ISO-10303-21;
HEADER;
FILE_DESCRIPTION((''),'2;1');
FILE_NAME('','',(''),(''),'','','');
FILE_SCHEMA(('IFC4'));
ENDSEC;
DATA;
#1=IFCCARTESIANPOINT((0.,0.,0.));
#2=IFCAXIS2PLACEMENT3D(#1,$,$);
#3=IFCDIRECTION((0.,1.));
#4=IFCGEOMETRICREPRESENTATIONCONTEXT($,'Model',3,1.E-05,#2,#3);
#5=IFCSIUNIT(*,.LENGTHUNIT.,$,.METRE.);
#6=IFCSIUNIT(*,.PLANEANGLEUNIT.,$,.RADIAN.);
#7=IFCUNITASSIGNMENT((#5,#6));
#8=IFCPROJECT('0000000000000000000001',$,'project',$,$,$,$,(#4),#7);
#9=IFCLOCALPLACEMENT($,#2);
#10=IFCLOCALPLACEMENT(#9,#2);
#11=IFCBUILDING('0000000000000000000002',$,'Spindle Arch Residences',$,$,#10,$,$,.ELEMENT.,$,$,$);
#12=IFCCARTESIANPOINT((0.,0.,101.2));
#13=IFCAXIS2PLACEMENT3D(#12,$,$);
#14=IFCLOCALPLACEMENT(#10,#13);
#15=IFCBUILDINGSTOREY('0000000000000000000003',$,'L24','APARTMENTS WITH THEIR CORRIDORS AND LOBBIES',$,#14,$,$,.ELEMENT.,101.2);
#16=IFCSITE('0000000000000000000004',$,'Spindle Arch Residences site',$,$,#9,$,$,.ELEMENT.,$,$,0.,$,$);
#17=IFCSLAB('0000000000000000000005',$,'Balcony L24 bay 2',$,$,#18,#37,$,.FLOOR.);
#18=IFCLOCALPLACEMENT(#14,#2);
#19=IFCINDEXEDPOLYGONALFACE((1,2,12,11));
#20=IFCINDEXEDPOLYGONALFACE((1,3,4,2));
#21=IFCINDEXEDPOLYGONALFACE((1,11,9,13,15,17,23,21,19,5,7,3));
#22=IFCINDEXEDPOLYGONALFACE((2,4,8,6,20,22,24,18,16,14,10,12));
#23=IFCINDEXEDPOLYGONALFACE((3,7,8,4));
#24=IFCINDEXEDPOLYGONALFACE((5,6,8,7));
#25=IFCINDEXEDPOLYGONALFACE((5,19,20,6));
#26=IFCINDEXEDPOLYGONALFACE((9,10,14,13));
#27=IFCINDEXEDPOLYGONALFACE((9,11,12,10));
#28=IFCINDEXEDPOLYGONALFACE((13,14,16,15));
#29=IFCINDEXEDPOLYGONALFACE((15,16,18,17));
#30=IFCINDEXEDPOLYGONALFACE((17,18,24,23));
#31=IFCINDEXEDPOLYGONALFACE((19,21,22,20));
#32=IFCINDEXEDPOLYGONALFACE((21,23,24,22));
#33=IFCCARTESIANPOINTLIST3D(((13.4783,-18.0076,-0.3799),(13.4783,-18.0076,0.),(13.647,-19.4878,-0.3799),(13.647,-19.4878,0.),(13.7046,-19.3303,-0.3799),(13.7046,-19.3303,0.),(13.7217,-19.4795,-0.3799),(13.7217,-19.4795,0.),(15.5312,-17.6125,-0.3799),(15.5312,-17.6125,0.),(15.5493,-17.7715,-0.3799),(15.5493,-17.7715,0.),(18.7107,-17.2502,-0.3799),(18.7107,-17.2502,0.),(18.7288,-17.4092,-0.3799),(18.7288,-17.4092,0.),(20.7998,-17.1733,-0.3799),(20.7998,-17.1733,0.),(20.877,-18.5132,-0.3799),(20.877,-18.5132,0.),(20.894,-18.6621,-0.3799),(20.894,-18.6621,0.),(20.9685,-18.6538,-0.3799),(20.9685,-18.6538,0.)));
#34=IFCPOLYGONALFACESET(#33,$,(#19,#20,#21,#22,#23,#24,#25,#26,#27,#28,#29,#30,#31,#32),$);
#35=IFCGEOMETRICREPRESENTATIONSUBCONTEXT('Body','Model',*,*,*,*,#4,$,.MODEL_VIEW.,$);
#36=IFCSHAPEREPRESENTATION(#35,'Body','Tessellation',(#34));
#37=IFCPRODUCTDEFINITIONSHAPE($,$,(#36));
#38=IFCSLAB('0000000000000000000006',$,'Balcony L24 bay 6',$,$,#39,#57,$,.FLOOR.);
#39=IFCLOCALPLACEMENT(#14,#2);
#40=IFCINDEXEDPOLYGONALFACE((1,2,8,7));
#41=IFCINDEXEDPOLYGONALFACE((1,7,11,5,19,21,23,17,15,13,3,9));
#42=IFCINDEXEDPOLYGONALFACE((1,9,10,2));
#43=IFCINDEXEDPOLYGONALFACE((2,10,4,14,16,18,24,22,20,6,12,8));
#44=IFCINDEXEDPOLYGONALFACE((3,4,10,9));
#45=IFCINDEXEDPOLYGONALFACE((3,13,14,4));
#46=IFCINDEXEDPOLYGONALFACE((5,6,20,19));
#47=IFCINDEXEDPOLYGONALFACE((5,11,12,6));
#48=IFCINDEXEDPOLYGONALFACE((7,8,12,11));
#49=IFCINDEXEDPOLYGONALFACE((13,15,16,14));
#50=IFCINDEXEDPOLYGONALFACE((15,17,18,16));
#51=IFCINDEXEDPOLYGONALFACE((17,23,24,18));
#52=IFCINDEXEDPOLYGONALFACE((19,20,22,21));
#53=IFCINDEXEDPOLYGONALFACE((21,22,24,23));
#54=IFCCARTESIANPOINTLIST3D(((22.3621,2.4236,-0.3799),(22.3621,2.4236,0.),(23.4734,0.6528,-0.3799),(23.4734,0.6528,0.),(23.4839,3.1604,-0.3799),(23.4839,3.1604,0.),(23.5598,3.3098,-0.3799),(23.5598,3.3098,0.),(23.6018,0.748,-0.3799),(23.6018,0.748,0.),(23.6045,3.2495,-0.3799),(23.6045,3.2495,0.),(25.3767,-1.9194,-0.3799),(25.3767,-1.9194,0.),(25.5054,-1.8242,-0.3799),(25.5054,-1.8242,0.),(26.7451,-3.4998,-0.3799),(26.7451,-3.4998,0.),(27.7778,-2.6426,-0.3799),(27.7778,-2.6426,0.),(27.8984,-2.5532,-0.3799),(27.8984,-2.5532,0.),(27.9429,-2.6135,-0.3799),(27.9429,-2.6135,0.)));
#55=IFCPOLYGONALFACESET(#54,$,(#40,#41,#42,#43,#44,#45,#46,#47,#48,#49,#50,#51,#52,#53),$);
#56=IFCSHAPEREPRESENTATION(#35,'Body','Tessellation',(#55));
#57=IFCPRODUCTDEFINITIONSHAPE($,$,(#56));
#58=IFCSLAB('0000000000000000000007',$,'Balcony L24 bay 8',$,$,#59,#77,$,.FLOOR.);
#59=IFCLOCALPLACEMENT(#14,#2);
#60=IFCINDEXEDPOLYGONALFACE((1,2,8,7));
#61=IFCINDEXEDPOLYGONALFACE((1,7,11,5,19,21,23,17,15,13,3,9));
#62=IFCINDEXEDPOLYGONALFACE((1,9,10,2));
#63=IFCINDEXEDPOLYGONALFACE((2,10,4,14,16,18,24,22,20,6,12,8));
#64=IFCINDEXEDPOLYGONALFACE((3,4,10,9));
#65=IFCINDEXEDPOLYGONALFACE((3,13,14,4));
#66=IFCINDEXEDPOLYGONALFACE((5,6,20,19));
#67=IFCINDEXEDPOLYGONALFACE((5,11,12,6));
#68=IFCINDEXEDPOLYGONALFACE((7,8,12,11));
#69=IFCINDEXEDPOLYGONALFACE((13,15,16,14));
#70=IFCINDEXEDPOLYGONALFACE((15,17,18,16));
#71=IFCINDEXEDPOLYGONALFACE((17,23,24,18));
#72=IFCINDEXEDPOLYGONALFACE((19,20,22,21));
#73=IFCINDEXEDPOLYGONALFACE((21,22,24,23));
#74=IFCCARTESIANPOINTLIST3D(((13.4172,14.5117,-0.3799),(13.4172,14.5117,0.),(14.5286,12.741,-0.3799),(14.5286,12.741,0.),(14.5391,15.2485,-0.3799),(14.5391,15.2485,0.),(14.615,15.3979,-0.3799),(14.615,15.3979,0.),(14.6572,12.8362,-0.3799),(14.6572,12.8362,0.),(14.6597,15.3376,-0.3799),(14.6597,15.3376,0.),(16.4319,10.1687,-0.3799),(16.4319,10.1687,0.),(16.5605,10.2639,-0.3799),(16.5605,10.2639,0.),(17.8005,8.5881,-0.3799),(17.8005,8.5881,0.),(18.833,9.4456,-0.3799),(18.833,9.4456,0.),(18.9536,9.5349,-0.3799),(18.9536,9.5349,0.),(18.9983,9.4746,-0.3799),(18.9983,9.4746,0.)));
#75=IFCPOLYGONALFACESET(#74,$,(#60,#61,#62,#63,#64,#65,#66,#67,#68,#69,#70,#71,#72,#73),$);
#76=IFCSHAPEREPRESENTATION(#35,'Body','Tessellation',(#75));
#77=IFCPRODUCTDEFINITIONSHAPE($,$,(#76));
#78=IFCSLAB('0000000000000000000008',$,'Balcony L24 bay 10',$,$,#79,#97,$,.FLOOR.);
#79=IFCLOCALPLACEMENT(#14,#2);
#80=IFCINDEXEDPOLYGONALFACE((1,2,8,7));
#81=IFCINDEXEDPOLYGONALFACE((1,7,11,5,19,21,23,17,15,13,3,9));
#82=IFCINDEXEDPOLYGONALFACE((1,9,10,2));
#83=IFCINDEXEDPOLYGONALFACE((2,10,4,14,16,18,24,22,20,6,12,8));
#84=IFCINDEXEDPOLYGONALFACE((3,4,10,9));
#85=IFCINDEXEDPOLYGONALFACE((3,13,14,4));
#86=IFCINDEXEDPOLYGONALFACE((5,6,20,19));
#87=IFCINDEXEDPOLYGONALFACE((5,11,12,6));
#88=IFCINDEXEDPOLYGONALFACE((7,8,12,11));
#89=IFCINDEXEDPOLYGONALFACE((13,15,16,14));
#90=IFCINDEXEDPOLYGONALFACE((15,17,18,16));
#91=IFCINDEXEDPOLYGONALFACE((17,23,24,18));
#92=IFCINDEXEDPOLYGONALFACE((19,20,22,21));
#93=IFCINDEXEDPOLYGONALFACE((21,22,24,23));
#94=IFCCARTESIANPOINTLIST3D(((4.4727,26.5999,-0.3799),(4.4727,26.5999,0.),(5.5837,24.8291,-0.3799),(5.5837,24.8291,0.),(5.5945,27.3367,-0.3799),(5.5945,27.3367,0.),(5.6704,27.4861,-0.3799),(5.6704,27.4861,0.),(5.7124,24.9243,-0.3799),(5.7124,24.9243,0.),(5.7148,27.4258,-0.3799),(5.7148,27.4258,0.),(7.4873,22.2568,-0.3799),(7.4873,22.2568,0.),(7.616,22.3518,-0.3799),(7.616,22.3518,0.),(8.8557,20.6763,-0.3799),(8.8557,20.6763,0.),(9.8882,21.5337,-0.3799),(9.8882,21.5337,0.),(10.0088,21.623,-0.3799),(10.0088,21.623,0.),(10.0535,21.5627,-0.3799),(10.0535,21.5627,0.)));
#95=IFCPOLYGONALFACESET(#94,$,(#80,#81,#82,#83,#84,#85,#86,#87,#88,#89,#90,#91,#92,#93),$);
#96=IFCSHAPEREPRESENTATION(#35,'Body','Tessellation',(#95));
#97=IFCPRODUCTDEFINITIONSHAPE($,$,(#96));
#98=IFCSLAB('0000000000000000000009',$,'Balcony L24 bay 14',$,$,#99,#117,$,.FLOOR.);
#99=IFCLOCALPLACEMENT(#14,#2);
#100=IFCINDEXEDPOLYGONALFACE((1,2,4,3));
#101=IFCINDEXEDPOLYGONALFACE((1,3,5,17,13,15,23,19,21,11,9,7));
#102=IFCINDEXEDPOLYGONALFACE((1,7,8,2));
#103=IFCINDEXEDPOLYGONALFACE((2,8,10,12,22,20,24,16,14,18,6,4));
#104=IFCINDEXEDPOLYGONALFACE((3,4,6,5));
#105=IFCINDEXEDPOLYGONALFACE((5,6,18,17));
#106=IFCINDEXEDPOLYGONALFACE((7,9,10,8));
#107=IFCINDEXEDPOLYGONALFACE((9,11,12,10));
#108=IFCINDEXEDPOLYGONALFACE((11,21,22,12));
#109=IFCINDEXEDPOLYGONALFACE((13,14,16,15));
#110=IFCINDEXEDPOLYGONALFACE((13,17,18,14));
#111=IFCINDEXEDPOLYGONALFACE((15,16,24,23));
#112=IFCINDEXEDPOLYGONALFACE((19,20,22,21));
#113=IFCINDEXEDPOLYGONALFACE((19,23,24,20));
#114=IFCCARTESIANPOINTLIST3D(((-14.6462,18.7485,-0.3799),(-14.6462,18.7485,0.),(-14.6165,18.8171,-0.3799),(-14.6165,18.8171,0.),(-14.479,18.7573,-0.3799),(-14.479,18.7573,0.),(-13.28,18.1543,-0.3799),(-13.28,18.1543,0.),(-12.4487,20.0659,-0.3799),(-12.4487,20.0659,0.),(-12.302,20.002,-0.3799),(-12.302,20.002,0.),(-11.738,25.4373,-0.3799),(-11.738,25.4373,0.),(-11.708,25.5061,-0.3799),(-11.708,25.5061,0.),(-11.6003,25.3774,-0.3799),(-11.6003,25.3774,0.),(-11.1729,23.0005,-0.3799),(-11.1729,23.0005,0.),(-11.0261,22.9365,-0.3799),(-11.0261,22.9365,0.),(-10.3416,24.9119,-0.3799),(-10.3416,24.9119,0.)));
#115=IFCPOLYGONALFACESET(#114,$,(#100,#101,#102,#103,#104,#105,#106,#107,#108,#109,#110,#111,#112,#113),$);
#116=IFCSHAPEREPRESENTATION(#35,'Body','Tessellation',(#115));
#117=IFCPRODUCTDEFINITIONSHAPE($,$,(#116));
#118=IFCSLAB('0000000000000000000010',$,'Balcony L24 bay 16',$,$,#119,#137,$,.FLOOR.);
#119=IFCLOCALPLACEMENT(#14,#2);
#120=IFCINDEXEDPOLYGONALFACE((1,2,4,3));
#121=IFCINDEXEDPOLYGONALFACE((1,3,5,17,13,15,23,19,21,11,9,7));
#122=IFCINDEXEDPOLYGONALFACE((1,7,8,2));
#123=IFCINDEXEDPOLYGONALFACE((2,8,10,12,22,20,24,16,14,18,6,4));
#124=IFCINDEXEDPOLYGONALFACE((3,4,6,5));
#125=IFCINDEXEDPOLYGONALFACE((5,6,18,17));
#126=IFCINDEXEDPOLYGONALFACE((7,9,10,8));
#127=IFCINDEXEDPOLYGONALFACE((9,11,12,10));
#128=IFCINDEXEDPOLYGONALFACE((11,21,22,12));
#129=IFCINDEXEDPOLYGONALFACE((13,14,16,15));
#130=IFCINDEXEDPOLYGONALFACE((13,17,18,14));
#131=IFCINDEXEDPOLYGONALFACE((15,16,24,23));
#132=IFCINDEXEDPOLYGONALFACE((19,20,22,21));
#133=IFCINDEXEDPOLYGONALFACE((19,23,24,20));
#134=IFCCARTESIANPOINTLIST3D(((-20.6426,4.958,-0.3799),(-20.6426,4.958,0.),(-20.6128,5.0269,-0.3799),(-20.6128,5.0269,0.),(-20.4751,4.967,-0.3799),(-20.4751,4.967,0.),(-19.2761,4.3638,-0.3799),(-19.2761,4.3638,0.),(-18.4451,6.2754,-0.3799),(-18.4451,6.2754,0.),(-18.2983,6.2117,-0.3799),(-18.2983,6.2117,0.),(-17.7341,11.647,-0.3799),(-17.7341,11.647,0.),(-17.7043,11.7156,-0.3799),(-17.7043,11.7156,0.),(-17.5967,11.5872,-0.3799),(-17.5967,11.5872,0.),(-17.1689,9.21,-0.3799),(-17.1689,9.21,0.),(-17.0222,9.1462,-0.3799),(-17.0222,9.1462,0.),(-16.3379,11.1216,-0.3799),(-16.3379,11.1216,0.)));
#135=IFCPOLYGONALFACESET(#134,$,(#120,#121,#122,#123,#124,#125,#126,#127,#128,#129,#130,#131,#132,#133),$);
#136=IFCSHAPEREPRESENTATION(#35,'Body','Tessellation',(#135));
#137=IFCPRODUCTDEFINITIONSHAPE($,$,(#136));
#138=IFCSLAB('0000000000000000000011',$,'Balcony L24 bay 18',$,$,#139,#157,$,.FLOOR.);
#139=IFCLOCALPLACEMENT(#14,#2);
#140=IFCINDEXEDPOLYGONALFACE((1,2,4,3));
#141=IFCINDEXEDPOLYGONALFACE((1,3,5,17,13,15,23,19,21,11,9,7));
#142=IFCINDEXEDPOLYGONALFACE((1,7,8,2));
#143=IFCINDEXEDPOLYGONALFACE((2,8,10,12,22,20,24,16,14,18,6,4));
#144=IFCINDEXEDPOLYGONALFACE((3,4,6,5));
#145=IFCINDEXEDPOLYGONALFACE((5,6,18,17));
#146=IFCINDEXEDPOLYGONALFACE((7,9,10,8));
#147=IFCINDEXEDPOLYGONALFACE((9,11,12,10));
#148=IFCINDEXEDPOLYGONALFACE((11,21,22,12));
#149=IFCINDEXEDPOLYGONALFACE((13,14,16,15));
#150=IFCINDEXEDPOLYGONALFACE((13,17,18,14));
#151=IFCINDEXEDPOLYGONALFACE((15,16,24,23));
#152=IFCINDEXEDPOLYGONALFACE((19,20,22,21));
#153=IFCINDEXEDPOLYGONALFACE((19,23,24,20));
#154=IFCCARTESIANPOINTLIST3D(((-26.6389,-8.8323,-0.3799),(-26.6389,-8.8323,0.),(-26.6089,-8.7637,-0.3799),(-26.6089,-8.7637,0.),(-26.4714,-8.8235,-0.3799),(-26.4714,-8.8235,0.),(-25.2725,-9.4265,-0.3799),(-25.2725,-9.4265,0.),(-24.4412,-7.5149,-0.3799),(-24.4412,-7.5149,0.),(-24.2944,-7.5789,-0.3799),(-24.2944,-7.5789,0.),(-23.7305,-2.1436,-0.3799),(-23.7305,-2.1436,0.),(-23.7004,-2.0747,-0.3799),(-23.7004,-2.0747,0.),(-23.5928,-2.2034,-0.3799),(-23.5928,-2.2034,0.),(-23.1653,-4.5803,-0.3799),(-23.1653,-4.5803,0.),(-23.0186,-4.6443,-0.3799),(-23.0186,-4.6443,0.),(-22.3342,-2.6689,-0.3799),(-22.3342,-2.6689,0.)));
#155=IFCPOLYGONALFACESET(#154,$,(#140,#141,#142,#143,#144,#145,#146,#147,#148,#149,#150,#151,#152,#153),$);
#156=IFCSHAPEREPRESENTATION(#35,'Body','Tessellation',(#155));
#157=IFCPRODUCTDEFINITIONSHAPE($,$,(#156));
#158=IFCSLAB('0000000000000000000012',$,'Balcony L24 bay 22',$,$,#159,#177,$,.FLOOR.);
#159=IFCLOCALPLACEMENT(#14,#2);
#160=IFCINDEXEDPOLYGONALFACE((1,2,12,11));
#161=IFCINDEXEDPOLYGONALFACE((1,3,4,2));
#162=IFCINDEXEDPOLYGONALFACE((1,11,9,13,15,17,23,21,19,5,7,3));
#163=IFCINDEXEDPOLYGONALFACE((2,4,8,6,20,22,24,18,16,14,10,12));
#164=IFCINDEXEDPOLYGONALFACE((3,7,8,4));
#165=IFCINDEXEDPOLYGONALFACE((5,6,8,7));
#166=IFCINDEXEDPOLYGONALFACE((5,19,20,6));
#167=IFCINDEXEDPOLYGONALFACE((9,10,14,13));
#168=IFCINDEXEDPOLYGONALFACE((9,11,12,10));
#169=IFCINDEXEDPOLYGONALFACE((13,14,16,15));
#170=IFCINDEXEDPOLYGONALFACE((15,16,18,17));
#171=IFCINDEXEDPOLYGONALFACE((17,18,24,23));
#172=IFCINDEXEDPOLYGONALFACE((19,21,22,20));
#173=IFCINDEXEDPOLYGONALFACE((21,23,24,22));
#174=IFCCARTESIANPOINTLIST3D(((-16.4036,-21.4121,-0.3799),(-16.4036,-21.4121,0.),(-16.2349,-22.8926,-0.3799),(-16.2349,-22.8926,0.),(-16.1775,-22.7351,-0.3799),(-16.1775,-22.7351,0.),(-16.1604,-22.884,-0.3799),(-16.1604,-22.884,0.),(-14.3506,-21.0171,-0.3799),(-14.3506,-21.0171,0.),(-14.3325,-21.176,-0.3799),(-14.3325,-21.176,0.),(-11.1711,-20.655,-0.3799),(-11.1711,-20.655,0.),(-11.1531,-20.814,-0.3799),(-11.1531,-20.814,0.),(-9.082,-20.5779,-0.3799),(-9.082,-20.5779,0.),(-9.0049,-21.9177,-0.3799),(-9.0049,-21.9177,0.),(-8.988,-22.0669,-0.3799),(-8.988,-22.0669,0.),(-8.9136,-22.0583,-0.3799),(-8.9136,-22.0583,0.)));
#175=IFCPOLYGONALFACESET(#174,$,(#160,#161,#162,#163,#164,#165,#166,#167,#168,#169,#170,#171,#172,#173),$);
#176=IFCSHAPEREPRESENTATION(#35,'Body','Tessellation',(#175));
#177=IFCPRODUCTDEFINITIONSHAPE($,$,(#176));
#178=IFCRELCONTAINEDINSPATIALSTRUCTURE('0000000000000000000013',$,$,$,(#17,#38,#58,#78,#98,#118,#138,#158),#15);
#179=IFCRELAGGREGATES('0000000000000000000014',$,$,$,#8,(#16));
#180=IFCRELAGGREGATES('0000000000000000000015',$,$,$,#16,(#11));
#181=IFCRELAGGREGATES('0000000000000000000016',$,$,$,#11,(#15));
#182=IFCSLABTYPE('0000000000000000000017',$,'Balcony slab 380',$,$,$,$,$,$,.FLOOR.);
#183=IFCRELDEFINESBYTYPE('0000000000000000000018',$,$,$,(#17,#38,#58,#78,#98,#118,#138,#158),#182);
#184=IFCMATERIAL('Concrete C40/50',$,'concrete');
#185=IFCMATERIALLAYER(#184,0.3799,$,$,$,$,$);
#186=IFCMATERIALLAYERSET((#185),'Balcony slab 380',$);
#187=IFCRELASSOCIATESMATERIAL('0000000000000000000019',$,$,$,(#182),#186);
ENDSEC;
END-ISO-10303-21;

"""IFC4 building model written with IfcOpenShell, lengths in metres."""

from ifc_helpers import new_model, si_unit, direction, frame, origin, place, context, subcontext, project, spatial, polyline, outline, extrude, material, layer, layer_set, type_object, element, save


model = new_model("IFC4")

# Units and contexts
model_context = context("Model", 3, precision=1e-05, world=origin(), true_north=direction((0.0, 1.0)))
body_context = subcontext(model_context, "Body", "Model", "MODEL_VIEW")
ifc_project = project(units=[si_unit("LENGTHUNIT", "METRE"), si_unit("PLANEANGLEUNIT", "RADIAN")], contexts=[model_context])

# Site, building, storey
site_placement = place(None, origin())
site = spatial("IfcSite", under=ifc_project, at=site_placement, Name="Spindle Arch Residences site", CompositionType="ELEMENT", RefElevation=0.0)
building_placement = place(site_placement, origin())
building = spatial("IfcBuilding", under=site, at=building_placement, Name="Spindle Arch Residences", CompositionType="ELEMENT")
storey_placement = place(building_placement, frame((0.0, 0.0, 101.2)))
storey = spatial("IfcBuildingStorey", under=building, at=storey_placement, Name="L24", Description="APARTMENTS WITH THEIR CORRIDORS AND LOBBIES", CompositionType="ELEMENT", Elevation=101.2)

# Slabs
ifc_material_1 = material(Name="Concrete C40/50", Category="concrete")
ifc_layer_1 = layer(ifc_material_1, 0.3799)
ifc_layer_set_1 = layer_set([ifc_layer_1], Name="Balcony slab 380")
slab_type_1 = type_object("IfcSlabType", Name="Balcony slab 380", PredefinedType="FLOOR", material=ifc_layer_set_1)
slab_1_placement = place(storey_placement, frame((0.0, 0.0, -0.3799)))
element("IfcSlab", 1, at=slab_1_placement, inside=storey, type_object=slab_type_1, Name="Balcony L24 bay 2", PredefinedType="FLOOR", context=body_context, shape_type="SweptSolid", body=[
    extrude(outline(polyline([(13.647, -19.4878), (13.7217, -19.4795), (13.7046, -19.3303), (20.877, -18.5132), (20.894, -18.6621), (20.9685, -18.6538), (20.7998, -17.1733), (18.7288, -17.4092), (18.7107, -17.2502), (15.5312, -17.6125), (15.5493, -17.7715), (13.4783, -18.0076), (13.647, -19.4878)])), origin(), (0.0, 0.0, 1.0), 0.3799),
])
slab_2_placement = place(storey_placement, frame((0.0, 0.0, -0.3799)))
element("IfcSlab", 2, at=slab_2_placement, inside=storey, type_object=slab_type_1, Name="Balcony L24 bay 6", PredefinedType="FLOOR", context=body_context, shape_type="SweptSolid", body=[
    extrude(outline(polyline([(27.9429, -2.6135), (27.8984, -2.5532), (27.7778, -2.6426), (23.4839, 3.1604), (23.6045, 3.2495), (23.5598, 3.3098), (22.3621, 2.4236), (23.6018, 0.748), (23.4734, 0.6528), (25.3767, -1.9194), (25.5054, -1.8242), (26.7451, -3.4998), (27.9429, -2.6135)])), origin(), (0.0, 0.0, 1.0), 0.3799),
])
slab_3_placement = place(storey_placement, frame((0.0, 0.0, -0.3799)))
element("IfcSlab", 3, at=slab_3_placement, inside=storey, type_object=slab_type_1, Name="Balcony L24 bay 8", PredefinedType="FLOOR", context=body_context, shape_type="SweptSolid", body=[
    extrude(outline(polyline([(18.9983, 9.4746), (18.9536, 9.5349), (18.833, 9.4456), (14.5391, 15.2485), (14.6597, 15.3376), (14.615, 15.3979), (13.4172, 14.5117), (14.6572, 12.8362), (14.5286, 12.741), (16.4319, 10.1687), (16.5605, 10.2639), (17.8005, 8.5881), (18.9983, 9.4746)])), origin(), (0.0, 0.0, 1.0), 0.3799),
])
slab_4_placement = place(storey_placement, frame((0.0, 0.0, -0.3799)))
element("IfcSlab", 4, at=slab_4_placement, inside=storey, type_object=slab_type_1, Name="Balcony L24 bay 10", PredefinedType="FLOOR", context=body_context, shape_type="SweptSolid", body=[
    extrude(outline(polyline([(10.0535, 21.5627), (10.0088, 21.623), (9.8882, 21.5337), (5.5945, 27.3367), (5.7148, 27.4258), (5.6704, 27.4861), (4.4727, 26.5999), (5.7124, 24.9243), (5.5837, 24.8291), (7.4873, 22.2568), (7.616, 22.3518), (8.8557, 20.6763), (10.0535, 21.5627)])), origin(), (0.0, 0.0, 1.0), 0.3799),
])
slab_5_placement = place(storey_placement, frame((0.0, 0.0, -0.3799)))
element("IfcSlab", 5, at=slab_5_placement, inside=storey, type_object=slab_type_1, Name="Balcony L24 bay 14", PredefinedType="FLOOR", context=body_context, shape_type="SweptSolid", body=[
    extrude(outline(polyline([(-11.708, 25.5061), (-11.738, 25.4373), (-11.6003, 25.3774), (-14.479, 18.7573), (-14.6165, 18.8171), (-14.6462, 18.7485), (-13.28, 18.1543), (-12.4487, 20.0659), (-12.302, 20.002), (-11.0261, 22.9365), (-11.1729, 23.0005), (-10.3416, 24.9119), (-11.708, 25.5061)])), origin(), (0.0, 0.0, 1.0), 0.3799),
])
slab_6_placement = place(storey_placement, frame((0.0, 0.0, -0.3799)))
element("IfcSlab", 6, at=slab_6_placement, inside=storey, type_object=slab_type_1, Name="Balcony L24 bay 16", PredefinedType="FLOOR", context=body_context, shape_type="SweptSolid", body=[
    extrude(outline(polyline([(-17.7043, 11.7156), (-17.7341, 11.647), (-17.5967, 11.5872), (-20.4751, 4.967), (-20.6128, 5.0269), (-20.6426, 4.958), (-19.2761, 4.3638), (-18.4451, 6.2754), (-18.2983, 6.2117), (-17.0222, 9.1462), (-17.1689, 9.21), (-16.3379, 11.1216), (-17.7043, 11.7156)])), origin(), (0.0, 0.0, 1.0), 0.3799),
])
slab_7_placement = place(storey_placement, frame((0.0, 0.0, -0.3799)))
element("IfcSlab", 7, at=slab_7_placement, inside=storey, type_object=slab_type_1, Name="Balcony L24 bay 18", PredefinedType="FLOOR", context=body_context, shape_type="SweptSolid", body=[
    extrude(outline(polyline([(-23.7004, -2.0747), (-23.7305, -2.1436), (-23.5928, -2.2034), (-26.4714, -8.8235), (-26.6089, -8.7637), (-26.6389, -8.8323), (-25.2725, -9.4265), (-24.4412, -7.5149), (-24.2944, -7.5789), (-23.0186, -4.6443), (-23.1653, -4.5803), (-22.3342, -2.6689), (-23.7004, -2.0747)])), origin(), (0.0, 0.0, 1.0), 0.3799),
])
slab_8_placement = place(storey_placement, frame((0.0, 0.0, -0.3799)))
element("IfcSlab", 8, at=slab_8_placement, inside=storey, type_object=slab_type_1, Name="Balcony L24 bay 22", PredefinedType="FLOOR", context=body_context, shape_type="SweptSolid", body=[
    extrude(outline(polyline([(-16.2349, -22.8926), (-16.1604, -22.884), (-16.1775, -22.7351), (-9.0049, -21.9177), (-8.988, -22.0669), (-8.9136, -22.0583), (-9.082, -20.5779), (-11.1531, -20.814), (-11.1711, -20.655), (-14.3506, -21.0171), (-14.3325, -21.176), (-16.4036, -21.4121), (-16.2349, -22.8926)])), origin(), (0.0, 0.0, 1.0), 0.3799),
])

save(model, "model.ifc")
